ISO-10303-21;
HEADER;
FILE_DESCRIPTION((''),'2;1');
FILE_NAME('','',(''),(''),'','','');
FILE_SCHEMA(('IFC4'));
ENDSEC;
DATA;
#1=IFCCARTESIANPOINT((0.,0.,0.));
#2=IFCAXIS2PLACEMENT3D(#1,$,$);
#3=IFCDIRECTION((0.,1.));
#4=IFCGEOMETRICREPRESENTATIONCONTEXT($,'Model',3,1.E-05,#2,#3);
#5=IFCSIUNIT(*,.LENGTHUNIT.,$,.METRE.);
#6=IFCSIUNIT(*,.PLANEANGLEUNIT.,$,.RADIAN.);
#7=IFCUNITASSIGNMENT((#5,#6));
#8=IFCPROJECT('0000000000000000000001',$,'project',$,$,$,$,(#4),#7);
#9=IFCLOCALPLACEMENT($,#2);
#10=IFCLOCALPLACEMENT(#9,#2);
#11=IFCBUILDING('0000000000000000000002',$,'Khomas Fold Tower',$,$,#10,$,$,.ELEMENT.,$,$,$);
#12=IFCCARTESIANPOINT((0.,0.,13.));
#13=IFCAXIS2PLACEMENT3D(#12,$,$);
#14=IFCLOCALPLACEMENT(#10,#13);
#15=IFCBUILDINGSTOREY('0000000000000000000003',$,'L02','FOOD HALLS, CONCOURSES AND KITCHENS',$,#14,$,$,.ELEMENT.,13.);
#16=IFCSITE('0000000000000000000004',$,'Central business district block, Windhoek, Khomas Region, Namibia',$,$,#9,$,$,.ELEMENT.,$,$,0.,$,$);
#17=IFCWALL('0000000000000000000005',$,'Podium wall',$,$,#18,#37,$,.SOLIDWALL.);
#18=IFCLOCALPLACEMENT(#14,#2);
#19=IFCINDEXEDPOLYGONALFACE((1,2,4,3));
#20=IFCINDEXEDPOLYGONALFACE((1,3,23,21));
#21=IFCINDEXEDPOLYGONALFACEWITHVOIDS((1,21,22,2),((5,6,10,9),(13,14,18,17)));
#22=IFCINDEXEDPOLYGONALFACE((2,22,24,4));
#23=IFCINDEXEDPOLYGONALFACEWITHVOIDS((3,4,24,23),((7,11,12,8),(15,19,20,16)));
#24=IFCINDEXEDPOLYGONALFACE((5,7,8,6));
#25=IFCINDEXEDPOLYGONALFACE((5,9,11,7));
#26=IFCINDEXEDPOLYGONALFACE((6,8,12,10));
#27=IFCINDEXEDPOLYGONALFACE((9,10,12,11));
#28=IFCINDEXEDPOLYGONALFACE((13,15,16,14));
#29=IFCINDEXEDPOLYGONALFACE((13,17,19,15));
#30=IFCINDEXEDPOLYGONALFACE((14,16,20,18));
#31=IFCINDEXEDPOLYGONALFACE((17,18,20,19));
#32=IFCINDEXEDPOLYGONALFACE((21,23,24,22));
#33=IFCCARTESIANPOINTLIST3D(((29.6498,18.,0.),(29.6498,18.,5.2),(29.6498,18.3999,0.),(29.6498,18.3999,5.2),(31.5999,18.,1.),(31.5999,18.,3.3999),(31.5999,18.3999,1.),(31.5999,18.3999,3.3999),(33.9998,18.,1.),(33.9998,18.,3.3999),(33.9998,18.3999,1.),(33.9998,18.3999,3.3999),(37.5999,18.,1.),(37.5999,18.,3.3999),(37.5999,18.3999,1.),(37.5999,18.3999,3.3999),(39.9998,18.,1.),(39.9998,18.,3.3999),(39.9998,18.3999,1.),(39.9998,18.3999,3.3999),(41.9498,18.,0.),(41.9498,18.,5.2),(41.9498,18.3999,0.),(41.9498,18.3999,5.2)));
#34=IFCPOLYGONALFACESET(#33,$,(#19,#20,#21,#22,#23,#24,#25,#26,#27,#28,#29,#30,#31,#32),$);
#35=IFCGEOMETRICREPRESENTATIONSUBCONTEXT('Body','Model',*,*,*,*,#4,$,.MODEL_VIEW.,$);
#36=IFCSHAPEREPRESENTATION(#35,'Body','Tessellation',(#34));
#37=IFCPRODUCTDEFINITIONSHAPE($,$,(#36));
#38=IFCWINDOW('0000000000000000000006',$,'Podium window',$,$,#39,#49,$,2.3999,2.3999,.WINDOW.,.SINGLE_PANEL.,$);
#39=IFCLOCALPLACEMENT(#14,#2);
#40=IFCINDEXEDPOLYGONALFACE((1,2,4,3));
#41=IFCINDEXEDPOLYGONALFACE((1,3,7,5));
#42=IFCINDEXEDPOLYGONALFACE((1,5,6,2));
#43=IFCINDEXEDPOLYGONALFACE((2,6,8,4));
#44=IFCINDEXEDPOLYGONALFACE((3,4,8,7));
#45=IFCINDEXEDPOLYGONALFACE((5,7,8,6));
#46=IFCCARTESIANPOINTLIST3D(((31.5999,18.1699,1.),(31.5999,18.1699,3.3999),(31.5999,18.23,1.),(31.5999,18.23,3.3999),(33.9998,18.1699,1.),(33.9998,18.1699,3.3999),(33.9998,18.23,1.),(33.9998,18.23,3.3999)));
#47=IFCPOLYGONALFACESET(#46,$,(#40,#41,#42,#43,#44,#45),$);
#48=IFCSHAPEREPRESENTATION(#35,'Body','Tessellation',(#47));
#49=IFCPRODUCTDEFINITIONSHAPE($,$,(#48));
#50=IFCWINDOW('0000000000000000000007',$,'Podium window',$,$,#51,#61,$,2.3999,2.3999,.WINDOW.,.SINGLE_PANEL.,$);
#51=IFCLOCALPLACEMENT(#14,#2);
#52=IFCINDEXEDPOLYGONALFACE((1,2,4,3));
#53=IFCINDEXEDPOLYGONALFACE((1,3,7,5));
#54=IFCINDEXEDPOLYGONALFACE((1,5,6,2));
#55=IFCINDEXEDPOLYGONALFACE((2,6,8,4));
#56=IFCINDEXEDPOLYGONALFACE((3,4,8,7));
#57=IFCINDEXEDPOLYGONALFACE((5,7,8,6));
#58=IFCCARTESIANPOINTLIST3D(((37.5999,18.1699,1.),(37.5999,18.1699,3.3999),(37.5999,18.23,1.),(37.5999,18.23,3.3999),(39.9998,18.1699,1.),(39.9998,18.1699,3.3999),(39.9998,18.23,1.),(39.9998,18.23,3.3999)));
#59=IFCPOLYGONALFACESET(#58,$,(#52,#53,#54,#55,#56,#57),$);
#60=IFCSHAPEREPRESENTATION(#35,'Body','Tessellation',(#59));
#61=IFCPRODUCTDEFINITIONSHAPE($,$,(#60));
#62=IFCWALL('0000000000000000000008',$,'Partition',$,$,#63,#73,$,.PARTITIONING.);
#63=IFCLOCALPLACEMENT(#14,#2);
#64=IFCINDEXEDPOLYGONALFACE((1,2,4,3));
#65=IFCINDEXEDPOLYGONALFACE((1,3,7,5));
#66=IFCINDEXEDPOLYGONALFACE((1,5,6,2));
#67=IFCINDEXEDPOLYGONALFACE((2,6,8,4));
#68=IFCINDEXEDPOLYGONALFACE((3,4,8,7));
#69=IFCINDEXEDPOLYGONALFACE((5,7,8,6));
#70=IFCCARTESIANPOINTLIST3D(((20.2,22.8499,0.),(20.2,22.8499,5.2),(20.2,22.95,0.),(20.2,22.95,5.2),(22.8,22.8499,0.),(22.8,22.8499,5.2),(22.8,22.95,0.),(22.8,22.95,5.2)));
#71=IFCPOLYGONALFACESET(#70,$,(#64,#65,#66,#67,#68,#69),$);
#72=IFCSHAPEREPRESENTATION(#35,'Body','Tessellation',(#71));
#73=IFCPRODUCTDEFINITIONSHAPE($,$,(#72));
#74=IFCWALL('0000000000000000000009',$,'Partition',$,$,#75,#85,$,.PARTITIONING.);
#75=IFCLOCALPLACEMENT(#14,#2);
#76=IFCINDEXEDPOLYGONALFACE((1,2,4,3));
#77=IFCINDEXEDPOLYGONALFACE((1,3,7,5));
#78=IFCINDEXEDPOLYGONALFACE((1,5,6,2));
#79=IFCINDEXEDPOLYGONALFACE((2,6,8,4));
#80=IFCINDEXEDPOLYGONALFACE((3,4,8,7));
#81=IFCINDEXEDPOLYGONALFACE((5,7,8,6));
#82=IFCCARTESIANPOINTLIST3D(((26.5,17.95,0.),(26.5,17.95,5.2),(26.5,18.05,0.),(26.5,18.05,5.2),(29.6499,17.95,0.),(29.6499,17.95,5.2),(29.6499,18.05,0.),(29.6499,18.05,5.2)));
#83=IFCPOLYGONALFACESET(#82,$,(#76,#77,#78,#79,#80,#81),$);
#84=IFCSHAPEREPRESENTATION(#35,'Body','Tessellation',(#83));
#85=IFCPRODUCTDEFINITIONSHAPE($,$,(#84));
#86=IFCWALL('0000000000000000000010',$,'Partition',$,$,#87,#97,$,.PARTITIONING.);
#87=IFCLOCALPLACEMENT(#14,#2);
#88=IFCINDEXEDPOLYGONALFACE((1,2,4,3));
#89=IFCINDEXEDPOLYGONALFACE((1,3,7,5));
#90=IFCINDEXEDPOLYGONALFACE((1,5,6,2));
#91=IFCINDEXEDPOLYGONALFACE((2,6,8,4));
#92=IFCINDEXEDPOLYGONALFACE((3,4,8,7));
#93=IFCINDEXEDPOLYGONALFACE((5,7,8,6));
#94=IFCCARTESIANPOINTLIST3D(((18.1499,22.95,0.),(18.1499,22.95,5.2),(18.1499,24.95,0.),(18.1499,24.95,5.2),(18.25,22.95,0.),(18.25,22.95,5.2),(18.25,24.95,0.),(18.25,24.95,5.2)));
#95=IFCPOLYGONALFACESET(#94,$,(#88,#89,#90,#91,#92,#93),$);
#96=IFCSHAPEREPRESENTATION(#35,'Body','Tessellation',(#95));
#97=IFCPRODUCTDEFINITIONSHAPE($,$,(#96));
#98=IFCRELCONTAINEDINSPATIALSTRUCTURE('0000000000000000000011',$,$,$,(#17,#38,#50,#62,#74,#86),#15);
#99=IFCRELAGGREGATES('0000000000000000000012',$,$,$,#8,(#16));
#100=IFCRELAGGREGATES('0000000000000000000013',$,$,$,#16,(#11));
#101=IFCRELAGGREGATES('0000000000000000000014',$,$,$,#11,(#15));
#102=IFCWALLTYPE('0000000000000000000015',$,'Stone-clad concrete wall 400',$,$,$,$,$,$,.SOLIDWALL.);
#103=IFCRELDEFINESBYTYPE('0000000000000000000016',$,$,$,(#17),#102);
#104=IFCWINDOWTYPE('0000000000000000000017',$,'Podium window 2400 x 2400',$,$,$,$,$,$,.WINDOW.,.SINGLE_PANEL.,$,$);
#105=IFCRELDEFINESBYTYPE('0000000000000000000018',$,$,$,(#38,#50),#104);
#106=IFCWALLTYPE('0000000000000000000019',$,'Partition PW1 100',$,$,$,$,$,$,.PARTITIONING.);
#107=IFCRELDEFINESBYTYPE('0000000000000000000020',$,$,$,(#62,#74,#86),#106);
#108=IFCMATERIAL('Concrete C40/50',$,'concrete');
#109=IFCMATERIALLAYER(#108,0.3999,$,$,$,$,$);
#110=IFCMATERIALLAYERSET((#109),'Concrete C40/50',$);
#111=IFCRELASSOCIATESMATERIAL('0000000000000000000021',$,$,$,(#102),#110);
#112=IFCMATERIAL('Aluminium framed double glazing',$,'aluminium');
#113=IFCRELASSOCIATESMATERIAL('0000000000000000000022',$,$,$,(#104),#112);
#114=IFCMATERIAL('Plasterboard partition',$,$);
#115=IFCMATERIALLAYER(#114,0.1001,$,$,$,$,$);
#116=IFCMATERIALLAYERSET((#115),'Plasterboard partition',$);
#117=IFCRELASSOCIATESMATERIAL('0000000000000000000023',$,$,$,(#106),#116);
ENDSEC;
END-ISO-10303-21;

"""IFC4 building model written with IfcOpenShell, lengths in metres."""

from ifc_helpers import new_model, si_unit, direction, frame, frame_2d, origin, place, context, subcontext, project, spatial, rectangle, extrude, source, transform, mapped, material, layer, layer_set, type_object, element, fill, save


model = new_model("IFC4")

# Units and contexts
model_context = context("Model", 3, precision=1e-05, world=origin(), true_north=direction((0.0, 1.0)))
body_context = subcontext(model_context, "Body", "Model", "MODEL_VIEW")
ifc_project = project(units=[si_unit("LENGTHUNIT", "METRE"), si_unit("PLANEANGLEUNIT", "RADIAN")], contexts=[model_context])

# Site, building, storey
site_placement = place(None, origin())
site = spatial("IfcSite", under=ifc_project, at=site_placement, Name="Central business district block, Windhoek, Khomas Region, Namibia", CompositionType="ELEMENT", RefElevation=0.0)
building_placement = place(site_placement, origin())
building = spatial("IfcBuilding", under=site, at=building_placement, Name="Khomas Fold Tower", CompositionType="ELEMENT")
storey_placement = place(building_placement, frame((0.0, 0.0, 13.0)))
storey = spatial("IfcBuildingStorey", under=building, at=storey_placement, Name="L02", Description="FOOD HALLS, CONCOURSES AND KITCHENS", CompositionType="ELEMENT", Elevation=13.0)

# Wall, openings, windows
ifc_material_1 = material(Name="Concrete C40/50", Category="concrete")
ifc_layer_1 = layer(ifc_material_1, 0.3999)
ifc_layer_set_1 = layer_set([ifc_layer_1], Name="Concrete C40/50")
wall_type_1 = type_object("IfcWallType", Name="Stone-clad concrete wall 400", PredefinedType="SOLIDWALL", material=ifc_layer_set_1)
shared_shape_1 = source(origin(), body_context, "Body", "SweptSolid", [
    extrude(rectangle(XDim=12.3, YDim=0.3999, at=frame_2d((6.1499, 0.0))), origin(), (0.0, 0.0, 1.0), 5.2),
])
wall_1_placement = place(storey_placement, frame((29.6499, 18.2, 0.0), z_axis=(0.0, 0.0, 1.0), x_axis=(1.0, 0.0, 0.0)))
wall_1 = element("IfcWall", 1, at=wall_1_placement, inside=storey, type_object=wall_type_1, Name="Podium wall", PredefinedType="SOLIDWALL", context=body_context, shape_type="MappedRepresentation", body=[
    mapped(shared_shape_1, transform((0.0, 0.0, 0.0))),
])
shared_shape_2 = source(origin(), body_context, "Body", "SweptSolid", [
    extrude(rectangle(XDim=2.3999, YDim=2.3999, at=frame_2d((1.2, 1.2))), frame((0.0, 0.21, 0.0), z_axis=(0.0, -1.0, 0.0), x_axis=(1.0, 0.0, 0.0)), (0.0, 0.0, 1.0), 0.4199),
])
opening_1_placement = place(wall_1_placement, frame((1.95, 0.0, 1.0)))
opening_1 = element("IfcOpeningElement", 2, at=opening_1_placement, cuts=wall_1, PredefinedType="OPENING", context=body_context, shape_type="MappedRepresentation", body=[
    mapped(shared_shape_2, transform((0.0, 0.0, 0.0))),
])
opening_2_placement = place(wall_1_placement, frame((7.95, 0.0, 1.0)))
opening_2 = element("IfcOpeningElement", 3, at=opening_2_placement, cuts=wall_1, PredefinedType="OPENING", context=body_context, shape_type="MappedRepresentation", body=[
    mapped(shared_shape_2, transform((0.0, 0.0, 0.0))),
])
ifc_material_2 = material(Name="Aluminium framed double glazing", Category="aluminium")
window_type = type_object("IfcWindowType", Name="Podium window 2400 x 2400", PartitioningType="SINGLE_PANEL", PredefinedType="WINDOW", material=ifc_material_2)
shared_shape_3 = source(origin(), body_context, "Body", "SweptSolid", [
    extrude(rectangle(XDim=2.3999, YDim=2.3999, at=frame_2d((1.2, 1.2))), frame((0.0, 0.03, 0.0), z_axis=(0.0, -1.0, 0.0), x_axis=(1.0, 0.0, 0.0)), (0.0, 0.0, 1.0), 0.0601),
])
window_1_placement = place(opening_1_placement, origin())
window_1 = element("IfcWindow", 4, at=window_1_placement, inside=storey, type_object=window_type, Name="Podium window", OverallHeight=2.3999, OverallWidth=2.3999, PartitioningType="SINGLE_PANEL", PredefinedType="WINDOW", context=body_context, shape_type="MappedRepresentation", body=[
    mapped(shared_shape_3, transform((0.0, 0.0, 0.0))),
])
fill(opening_1, window_1)
window_2_placement = place(opening_2_placement, origin())
window_2 = element("IfcWindow", 5, at=window_2_placement, inside=storey, type_object=window_type, Name="Podium window", OverallHeight=2.3999, OverallWidth=2.3999, PartitioningType="SINGLE_PANEL", PredefinedType="WINDOW", context=body_context, shape_type="MappedRepresentation", body=[
    mapped(shared_shape_3, transform((0.0, 0.0, 0.0))),
])
fill(opening_2, window_2)

# Walls
ifc_material_3 = material(Name="Plasterboard partition")
ifc_layer_2 = layer(ifc_material_3, 0.1001)
ifc_layer_set_2 = layer_set([ifc_layer_2], Name="Plasterboard partition")
wall_type_2 = type_object("IfcWallType", Name="Partition PW1 100", PredefinedType="PARTITIONING", material=ifc_layer_set_2)
shared_shape_4 = source(origin(), body_context, "Body", "SweptSolid", [
    extrude(rectangle(XDim=2.6001, YDim=0.1001, at=frame_2d((1.3, 0.0))), origin(), (0.0, 0.0, 1.0), 5.2),
])
wall_2_placement = place(storey_placement, frame((20.2, 22.8999, 0.0), z_axis=(0.0, 0.0, 1.0), x_axis=(1.0, 0.0, 0.0)))
element("IfcWall", 6, at=wall_2_placement, inside=storey, type_object=wall_type_2, Name="Partition", PredefinedType="PARTITIONING", context=body_context, shape_type="MappedRepresentation", body=[
    mapped(shared_shape_4, transform((0.0, 0.0, 0.0))),
])
shared_shape_5 = source(origin(), body_context, "Body", "SweptSolid", [
    extrude(rectangle(XDim=3.1499, YDim=0.1001, at=frame_2d((1.575, 0.0))), origin(), (0.0, 0.0, 1.0), 5.2),
])
wall_3_placement = place(storey_placement, frame((26.5, 18.0, 0.0), z_axis=(0.0, 0.0, 1.0), x_axis=(1.0, 0.0, 0.0)))
element("IfcWall", 7, at=wall_3_placement, inside=storey, type_object=wall_type_2, Name="Partition", PredefinedType="PARTITIONING", context=body_context, shape_type="MappedRepresentation", body=[
    mapped(shared_shape_5, transform((0.0, 0.0, 0.0))),
])
shared_shape_6 = source(origin(), body_context, "Body", "SweptSolid", [
    extrude(rectangle(XDim=2.0, YDim=0.1001, at=frame_2d((1.0, 0.0))), origin(), (0.0, 0.0, 1.0), 5.2),
])
wall_4_placement = place(storey_placement, frame((18.2, 22.95, 0.0), z_axis=(0.0, 0.0, 1.0), x_axis=(0.0, 1.0, 0.0)))
element("IfcWall", 8, at=wall_4_placement, inside=storey, type_object=wall_type_2, Name="Partition", PredefinedType="PARTITIONING", context=body_context, shape_type="MappedRepresentation", body=[
    mapped(shared_shape_6, transform((0.0, 0.0, 0.0))),
])

save(model, "model.ifc")
